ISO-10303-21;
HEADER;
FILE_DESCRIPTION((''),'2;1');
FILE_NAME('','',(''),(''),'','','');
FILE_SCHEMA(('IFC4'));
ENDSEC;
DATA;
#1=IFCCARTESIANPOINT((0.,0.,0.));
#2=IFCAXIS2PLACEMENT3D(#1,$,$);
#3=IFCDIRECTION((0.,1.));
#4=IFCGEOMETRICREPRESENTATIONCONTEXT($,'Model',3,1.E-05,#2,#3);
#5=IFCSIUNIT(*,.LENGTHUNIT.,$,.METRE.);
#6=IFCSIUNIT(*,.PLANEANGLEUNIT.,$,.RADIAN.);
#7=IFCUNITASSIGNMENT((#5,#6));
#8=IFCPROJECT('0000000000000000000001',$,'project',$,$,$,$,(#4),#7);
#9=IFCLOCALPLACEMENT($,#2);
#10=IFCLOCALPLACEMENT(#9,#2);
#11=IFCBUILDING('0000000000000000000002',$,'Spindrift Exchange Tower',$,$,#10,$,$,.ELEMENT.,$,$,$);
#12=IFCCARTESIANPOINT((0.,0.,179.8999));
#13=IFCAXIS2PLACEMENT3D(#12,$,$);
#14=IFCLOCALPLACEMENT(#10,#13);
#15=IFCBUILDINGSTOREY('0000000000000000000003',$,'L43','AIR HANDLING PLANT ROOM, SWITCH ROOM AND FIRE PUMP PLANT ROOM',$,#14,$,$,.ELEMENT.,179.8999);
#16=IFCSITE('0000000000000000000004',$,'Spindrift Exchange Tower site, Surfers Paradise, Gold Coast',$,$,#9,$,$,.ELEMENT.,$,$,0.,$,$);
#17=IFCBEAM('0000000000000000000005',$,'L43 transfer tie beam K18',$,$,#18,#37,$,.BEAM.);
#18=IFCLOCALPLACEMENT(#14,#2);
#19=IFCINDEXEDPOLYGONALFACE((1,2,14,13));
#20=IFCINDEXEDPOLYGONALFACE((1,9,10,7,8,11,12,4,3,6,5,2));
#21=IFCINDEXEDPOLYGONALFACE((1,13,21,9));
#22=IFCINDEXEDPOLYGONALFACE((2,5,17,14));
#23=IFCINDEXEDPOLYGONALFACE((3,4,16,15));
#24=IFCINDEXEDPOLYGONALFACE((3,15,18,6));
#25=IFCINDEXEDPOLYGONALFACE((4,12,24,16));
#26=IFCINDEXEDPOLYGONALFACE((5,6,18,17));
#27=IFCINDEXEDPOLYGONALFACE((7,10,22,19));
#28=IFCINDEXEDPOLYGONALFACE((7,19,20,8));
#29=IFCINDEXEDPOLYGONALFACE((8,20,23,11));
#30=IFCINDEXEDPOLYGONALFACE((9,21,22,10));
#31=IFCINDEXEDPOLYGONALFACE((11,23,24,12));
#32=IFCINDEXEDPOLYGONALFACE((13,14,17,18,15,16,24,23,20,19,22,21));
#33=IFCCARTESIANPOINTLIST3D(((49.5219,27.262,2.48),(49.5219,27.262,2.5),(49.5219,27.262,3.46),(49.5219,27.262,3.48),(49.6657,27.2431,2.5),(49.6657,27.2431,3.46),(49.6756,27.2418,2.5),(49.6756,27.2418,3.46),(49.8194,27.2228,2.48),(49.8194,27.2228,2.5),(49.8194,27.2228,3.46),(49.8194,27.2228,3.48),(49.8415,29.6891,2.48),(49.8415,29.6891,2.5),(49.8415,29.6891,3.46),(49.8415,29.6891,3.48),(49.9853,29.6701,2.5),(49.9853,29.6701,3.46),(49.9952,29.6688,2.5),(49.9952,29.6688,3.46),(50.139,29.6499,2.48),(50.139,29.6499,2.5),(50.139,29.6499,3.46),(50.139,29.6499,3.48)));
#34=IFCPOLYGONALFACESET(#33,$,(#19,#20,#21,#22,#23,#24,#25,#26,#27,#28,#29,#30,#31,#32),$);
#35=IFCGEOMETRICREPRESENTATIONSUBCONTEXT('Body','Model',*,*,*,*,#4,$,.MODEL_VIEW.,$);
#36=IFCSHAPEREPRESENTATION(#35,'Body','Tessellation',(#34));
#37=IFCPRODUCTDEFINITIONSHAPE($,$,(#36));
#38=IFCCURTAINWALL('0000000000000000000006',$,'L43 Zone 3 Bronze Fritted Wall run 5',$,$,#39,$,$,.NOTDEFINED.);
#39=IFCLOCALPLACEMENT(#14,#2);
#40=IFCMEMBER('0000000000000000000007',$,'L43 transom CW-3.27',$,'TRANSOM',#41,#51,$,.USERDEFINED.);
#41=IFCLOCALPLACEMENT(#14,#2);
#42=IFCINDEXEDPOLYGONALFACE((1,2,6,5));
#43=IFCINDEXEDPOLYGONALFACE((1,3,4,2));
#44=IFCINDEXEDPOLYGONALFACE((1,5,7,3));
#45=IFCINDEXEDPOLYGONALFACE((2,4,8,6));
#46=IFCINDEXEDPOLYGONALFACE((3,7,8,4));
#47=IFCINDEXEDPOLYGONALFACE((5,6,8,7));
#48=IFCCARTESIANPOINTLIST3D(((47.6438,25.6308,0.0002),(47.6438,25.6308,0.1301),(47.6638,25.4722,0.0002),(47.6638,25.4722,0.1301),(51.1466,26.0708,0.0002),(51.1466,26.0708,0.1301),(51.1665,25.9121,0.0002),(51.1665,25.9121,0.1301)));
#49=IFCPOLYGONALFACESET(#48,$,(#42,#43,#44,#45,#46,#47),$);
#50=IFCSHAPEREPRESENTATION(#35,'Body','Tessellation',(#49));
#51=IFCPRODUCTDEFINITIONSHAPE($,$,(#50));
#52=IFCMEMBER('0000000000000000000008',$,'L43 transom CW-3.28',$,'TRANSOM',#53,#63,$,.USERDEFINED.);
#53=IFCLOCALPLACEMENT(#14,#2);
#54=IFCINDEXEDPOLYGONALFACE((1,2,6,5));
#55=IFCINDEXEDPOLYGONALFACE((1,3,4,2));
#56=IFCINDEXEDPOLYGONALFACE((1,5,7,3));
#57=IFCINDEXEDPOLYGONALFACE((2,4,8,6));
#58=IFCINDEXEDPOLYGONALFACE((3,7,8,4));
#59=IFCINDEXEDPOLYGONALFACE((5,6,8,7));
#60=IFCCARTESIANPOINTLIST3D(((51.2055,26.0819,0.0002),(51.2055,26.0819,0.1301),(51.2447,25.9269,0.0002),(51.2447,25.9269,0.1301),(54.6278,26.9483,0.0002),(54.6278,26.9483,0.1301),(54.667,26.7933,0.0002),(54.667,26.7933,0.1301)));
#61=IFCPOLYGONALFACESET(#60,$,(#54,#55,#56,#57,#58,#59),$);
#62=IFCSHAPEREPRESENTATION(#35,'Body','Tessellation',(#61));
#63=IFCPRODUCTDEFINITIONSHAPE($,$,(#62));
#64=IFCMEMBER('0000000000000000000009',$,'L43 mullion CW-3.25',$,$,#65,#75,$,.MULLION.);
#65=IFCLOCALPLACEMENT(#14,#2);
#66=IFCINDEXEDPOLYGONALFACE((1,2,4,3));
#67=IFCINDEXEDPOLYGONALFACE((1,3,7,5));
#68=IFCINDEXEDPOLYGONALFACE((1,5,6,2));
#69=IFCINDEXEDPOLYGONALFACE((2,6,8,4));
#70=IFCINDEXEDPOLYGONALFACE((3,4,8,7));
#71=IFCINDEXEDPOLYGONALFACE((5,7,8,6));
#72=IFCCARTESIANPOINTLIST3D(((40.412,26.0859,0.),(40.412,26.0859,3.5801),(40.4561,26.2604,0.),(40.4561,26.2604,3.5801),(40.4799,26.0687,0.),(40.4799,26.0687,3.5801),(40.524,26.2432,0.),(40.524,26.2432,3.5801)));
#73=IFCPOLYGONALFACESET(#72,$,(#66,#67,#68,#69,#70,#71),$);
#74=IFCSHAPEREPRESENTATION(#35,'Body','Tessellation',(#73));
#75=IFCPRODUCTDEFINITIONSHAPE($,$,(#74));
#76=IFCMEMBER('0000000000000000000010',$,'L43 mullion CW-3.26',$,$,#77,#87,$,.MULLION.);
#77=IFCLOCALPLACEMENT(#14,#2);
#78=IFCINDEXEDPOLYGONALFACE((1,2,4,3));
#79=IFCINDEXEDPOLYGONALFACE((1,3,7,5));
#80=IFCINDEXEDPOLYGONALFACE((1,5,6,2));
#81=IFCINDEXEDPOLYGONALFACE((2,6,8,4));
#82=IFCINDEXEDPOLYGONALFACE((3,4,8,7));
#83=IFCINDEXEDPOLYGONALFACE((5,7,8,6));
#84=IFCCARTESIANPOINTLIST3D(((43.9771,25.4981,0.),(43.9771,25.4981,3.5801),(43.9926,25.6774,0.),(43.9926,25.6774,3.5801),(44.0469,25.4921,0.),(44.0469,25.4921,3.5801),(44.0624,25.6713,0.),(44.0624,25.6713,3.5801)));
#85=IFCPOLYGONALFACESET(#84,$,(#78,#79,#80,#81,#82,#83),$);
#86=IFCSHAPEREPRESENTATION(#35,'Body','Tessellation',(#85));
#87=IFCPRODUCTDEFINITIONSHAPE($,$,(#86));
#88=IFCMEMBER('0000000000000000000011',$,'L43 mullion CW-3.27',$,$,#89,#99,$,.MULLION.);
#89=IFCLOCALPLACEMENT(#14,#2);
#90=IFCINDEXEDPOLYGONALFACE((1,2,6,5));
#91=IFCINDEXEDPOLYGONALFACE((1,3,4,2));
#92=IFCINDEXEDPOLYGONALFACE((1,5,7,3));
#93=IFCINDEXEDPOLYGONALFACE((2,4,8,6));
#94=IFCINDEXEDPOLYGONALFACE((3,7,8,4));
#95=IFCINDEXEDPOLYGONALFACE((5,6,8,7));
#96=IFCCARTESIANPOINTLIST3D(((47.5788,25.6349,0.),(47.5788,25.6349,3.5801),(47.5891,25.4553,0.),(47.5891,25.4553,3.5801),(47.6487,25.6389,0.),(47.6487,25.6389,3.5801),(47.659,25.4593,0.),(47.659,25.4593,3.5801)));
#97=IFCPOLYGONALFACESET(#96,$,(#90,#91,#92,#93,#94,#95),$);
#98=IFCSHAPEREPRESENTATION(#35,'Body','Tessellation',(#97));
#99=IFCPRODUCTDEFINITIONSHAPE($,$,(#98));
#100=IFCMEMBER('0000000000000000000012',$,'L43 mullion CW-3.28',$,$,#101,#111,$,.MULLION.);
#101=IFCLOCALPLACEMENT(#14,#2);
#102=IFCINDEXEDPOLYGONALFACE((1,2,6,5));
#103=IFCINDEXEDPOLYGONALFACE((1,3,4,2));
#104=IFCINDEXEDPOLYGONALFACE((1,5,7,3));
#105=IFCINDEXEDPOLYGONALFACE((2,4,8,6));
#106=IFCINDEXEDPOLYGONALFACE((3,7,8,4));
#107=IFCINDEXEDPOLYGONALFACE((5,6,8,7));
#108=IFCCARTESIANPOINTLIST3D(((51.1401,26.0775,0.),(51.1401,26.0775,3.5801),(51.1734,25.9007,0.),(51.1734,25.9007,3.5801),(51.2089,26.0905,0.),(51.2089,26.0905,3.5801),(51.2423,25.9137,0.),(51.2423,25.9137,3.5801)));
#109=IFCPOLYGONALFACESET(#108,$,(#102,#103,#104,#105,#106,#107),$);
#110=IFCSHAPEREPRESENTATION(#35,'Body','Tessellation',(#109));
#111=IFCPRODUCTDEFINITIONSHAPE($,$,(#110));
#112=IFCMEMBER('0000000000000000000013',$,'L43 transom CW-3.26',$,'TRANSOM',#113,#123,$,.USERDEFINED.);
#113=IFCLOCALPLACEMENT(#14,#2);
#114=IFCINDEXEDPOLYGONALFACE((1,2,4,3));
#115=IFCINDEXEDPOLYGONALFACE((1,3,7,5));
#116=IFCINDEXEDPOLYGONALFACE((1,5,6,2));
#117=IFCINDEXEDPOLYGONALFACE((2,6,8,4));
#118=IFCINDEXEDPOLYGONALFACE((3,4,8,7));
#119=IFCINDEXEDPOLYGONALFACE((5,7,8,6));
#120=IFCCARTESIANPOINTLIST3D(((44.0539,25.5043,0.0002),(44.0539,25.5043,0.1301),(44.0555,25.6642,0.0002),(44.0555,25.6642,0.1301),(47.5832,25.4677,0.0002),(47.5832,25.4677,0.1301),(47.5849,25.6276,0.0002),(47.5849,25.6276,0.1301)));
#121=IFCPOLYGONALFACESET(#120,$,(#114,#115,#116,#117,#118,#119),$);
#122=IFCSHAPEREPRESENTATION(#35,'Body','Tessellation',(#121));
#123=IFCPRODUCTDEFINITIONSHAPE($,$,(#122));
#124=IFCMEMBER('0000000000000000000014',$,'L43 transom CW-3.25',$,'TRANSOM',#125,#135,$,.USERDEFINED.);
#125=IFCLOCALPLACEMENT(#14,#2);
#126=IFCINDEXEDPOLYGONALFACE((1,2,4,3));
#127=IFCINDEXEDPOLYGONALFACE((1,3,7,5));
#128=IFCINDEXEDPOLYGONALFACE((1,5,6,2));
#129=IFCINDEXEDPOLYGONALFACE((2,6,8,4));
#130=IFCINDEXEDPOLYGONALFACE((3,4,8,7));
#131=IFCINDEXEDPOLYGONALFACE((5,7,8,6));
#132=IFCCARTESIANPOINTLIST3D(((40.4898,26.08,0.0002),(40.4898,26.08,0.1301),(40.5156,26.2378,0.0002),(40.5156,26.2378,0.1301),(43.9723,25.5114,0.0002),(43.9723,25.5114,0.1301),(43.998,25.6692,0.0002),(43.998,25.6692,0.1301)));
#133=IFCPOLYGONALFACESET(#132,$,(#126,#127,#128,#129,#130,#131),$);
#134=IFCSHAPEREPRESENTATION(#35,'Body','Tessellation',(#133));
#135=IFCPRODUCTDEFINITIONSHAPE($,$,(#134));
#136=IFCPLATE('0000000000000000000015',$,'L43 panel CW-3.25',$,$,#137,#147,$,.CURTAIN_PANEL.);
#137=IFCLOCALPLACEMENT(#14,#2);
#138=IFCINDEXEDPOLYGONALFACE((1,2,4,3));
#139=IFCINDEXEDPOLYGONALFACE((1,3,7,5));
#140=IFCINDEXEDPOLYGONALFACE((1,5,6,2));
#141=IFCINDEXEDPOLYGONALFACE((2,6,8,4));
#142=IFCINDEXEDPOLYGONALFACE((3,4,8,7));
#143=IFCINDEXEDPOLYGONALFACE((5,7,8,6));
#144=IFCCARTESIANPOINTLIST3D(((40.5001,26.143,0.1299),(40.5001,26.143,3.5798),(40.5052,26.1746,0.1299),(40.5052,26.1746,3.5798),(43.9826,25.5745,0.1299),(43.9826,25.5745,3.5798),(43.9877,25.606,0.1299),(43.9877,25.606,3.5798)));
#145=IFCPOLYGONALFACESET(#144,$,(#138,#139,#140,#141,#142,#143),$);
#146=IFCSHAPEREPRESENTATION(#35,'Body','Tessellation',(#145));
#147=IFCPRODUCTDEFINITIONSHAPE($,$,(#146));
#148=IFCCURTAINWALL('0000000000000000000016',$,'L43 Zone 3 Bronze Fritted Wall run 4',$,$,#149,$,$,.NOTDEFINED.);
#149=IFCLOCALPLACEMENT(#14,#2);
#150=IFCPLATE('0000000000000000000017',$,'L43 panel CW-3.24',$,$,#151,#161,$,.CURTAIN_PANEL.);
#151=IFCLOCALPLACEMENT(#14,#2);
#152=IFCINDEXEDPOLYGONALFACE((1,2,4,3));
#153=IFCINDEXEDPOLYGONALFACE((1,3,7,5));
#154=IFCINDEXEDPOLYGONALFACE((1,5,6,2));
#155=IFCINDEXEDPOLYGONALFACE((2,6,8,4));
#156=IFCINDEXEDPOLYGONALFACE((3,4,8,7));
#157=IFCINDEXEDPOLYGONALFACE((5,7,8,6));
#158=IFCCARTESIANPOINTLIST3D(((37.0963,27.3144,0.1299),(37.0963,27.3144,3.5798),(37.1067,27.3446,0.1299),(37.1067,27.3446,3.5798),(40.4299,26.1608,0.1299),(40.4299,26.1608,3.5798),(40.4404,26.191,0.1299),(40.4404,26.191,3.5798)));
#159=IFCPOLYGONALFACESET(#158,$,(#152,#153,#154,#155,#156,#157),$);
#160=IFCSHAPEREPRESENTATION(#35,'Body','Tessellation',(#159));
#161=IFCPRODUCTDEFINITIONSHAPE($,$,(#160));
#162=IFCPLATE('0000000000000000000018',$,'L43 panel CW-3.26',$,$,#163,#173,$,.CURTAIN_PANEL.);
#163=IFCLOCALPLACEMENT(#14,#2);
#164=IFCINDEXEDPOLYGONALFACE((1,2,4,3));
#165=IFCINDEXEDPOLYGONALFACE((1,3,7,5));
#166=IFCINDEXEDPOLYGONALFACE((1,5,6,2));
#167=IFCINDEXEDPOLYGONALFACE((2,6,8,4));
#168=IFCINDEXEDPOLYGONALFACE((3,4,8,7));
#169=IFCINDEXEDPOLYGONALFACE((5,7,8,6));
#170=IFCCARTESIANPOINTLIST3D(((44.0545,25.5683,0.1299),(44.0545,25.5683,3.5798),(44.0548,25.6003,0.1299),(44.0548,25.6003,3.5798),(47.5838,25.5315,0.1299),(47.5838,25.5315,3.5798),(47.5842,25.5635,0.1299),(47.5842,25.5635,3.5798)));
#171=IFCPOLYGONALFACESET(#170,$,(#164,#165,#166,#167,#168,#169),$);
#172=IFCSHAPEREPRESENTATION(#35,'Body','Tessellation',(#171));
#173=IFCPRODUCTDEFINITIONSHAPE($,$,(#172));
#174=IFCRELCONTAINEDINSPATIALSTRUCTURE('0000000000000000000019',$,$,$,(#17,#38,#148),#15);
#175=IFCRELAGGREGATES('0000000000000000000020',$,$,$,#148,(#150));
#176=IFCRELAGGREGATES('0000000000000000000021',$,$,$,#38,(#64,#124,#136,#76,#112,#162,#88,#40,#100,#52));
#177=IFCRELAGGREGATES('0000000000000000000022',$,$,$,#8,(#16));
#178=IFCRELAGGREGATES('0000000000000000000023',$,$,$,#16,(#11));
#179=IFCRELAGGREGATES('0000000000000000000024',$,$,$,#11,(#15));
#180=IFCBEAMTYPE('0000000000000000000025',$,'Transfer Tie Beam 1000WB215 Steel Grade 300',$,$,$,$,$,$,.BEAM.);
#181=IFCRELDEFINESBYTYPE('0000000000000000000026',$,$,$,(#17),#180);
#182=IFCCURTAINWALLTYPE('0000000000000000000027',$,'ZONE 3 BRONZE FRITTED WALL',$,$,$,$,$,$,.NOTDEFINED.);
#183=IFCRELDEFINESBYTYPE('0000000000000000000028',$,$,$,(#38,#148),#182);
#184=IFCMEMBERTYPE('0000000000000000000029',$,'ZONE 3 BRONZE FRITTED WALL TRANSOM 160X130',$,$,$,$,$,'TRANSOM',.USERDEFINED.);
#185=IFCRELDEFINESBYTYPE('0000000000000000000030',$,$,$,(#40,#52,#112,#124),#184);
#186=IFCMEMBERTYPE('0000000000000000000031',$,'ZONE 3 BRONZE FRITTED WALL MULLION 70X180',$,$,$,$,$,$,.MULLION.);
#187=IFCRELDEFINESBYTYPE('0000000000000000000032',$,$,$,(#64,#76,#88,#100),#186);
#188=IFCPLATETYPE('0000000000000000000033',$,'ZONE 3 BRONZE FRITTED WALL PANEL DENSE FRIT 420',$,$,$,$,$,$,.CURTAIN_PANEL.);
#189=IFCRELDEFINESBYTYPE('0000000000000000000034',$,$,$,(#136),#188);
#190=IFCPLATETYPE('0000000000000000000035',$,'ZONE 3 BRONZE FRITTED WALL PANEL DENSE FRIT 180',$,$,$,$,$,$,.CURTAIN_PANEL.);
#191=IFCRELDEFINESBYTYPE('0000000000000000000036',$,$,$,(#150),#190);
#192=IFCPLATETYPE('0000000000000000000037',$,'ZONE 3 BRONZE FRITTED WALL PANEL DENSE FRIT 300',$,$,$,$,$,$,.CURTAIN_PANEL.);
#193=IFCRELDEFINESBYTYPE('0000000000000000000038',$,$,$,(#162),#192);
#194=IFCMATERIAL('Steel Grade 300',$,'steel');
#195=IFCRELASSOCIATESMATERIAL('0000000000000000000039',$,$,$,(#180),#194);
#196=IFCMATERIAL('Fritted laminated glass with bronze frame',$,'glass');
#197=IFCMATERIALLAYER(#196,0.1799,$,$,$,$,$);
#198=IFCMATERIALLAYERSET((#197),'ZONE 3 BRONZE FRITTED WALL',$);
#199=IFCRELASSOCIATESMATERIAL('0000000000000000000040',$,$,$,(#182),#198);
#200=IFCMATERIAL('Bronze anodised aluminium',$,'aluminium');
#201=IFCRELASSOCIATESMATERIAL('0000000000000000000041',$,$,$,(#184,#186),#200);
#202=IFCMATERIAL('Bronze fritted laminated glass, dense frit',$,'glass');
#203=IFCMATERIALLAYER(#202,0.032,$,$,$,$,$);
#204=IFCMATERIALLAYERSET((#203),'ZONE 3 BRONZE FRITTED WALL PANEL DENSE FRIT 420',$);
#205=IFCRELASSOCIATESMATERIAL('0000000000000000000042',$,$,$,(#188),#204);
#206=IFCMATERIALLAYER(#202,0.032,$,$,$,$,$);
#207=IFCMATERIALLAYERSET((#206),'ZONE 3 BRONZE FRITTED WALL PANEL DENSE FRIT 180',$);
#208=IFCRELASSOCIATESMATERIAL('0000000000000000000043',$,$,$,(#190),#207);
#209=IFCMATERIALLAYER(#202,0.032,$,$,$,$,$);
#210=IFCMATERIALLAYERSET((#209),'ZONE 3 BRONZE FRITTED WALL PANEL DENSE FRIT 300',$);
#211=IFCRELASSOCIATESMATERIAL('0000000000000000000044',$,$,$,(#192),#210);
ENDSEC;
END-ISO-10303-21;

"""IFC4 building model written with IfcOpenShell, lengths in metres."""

from ifc_helpers import new_model, si_unit, direction, frame, origin, origin_2d, place, context, subcontext, project, spatial, rectangle, i_section, extrude, source, transform, mapped, material, layer, layer_set, material_profile, profile_set, type_object, element, aggregate, save


model = new_model("IFC4")

# Units and contexts
model_context = context("Model", 3, precision=1e-05, world=origin(), true_north=direction((0.0, 1.0)))
body_context = subcontext(model_context, "Body", "Model", "MODEL_VIEW")
ifc_project = project(units=[si_unit("LENGTHUNIT", "METRE"), si_unit("PLANEANGLEUNIT", "RADIAN")], contexts=[model_context])

# Site, building, storey
site_placement = place(None, origin())
site = spatial("IfcSite", under=ifc_project, at=site_placement, Name="Spindrift Exchange Tower site, Surfers Paradise, Gold Coast", CompositionType="ELEMENT", RefElevation=0.0)
building_placement = place(site_placement, origin())
building = spatial("IfcBuilding", under=site, at=building_placement, Name="Spindrift Exchange Tower", CompositionType="ELEMENT")
storey_placement = place(building_placement, frame((0.0, 0.0, 179.8999)))
storey = spatial("IfcBuildingStorey", under=building, at=storey_placement, Name="L43", Description="AIR HANDLING PLANT ROOM, SWITCH ROOM AND FIRE PUMP PLANT ROOM", CompositionType="ELEMENT", Elevation=179.8999)

# Shared definitions
ifc_material_1 = material(Name="Steel Grade 300", Category="steel")

# Beam
ifc_material_profile_1 = material_profile(ifc_material_1, i_section(OverallWidth=0.3, OverallDepth=1.0, WebThickness=0.01, FlangeThickness=0.02, at=origin_2d()), Name="1000WB215")
ifc_profile_set_1 = profile_set([ifc_material_profile_1], Name="Steel Grade 300")
beam_type_1 = type_object("IfcBeamType", Name="Transfer Tie Beam 1000WB215 Steel Grade 300", PredefinedType="BEAM", material=ifc_profile_set_1)
shared_shape_1 = source(origin(), body_context, "Body", "SweptSolid", [
    extrude(i_section(OverallWidth=0.3, OverallDepth=1.0, WebThickness=0.01, FlangeThickness=0.02, at=origin_2d()), origin(), (0.0, 0.0, 1.0), 2.448),
])
beam_1_placement = place(storey_placement, frame((49.6707, 27.2424, 2.98), z_axis=(0.13055, 0.991442, 0.0), x_axis=(-0.991442, 0.13055, 0.0)))
element("IfcBeam", 1, at=beam_1_placement, inside=storey, type_object=beam_type_1, Name="L43 transfer tie beam K18", PredefinedType="BEAM", context=body_context, shape_type="MappedRepresentation", body=[
    mapped(shared_shape_1, transform((0.0, 0.0, 0.0), scale=1.0)),
])

# Curtain wall, members, plate
ifc_material_2 = material(Name="Fritted laminated glass with bronze frame", Category="glass")
ifc_layer_1 = layer(ifc_material_2, 0.1799)
ifc_layer_set_1 = layer_set([ifc_layer_1], Name="ZONE 3 BRONZE FRITTED WALL")
curtain_wall_type = type_object("IfcCurtainWallType", Name="ZONE 3 BRONZE FRITTED WALL", PredefinedType="NOTDEFINED", material=ifc_layer_set_1)
curtain_wall_1_placement = place(storey_placement, origin())
curtain_wall_1 = element("IfcCurtainWall", 2, at=curtain_wall_1_placement, inside=storey, type_object=curtain_wall_type, Name="L43 Zone 3 Bronze Fritted Wall run 5", PredefinedType="NOTDEFINED")
ifc_material_3 = material(Name="Bronze anodised aluminium", Category="aluminium")
ifc_material_profile_2 = material_profile(ifc_material_3, rectangle(XDim=0.1599, YDim=0.1299, at=origin_2d()), Name="ZONE 3 BRONZE FRITTED WALL TRANSOM 160X130")
ifc_profile_set_2 = profile_set([ifc_material_profile_2], Name="Bronze anodised aluminium")
member_type_1 = type_object("IfcMemberType", Name="ZONE 3 BRONZE FRITTED WALL TRANSOM 160X130", ElementType="TRANSOM", PredefinedType="USERDEFINED", material=ifc_profile_set_2)
shared_shape_2 = source(origin(), body_context, "Body", "SweptSolid", [
    extrude(rectangle(XDim=0.1599, YDim=0.1299, at=origin_2d()), origin(), (0.0, 0.0, 1.0), 3.5303),
])
member_1_placement = place(storey_placement, frame((47.6538, 25.5515, 0.0652), z_axis=(0.992204, 0.124622, 0.0), x_axis=(-0.124622, 0.992204, 0.0)))
member_1 = element("IfcMember", 3, at=member_1_placement, type_object=member_type_1, Name="L43 transom CW-3.27", ObjectType="TRANSOM", PredefinedType="USERDEFINED", context=body_context, shape_type="MappedRepresentation", body=[
    mapped(shared_shape_2, transform((0.0, 0.0, 0.0), scale=1.0)),
])
member_2_placement = place(storey_placement, frame((51.2251, 26.0044, 0.0652), z_axis=(0.969414, 0.245431, 0.0), x_axis=(-0.245431, 0.969414, 0.0)))
member_2 = element("IfcMember", 4, at=member_2_placement, type_object=member_type_1, Name="L43 transom CW-3.28", ObjectType="TRANSOM", PredefinedType="USERDEFINED", context=body_context, shape_type="MappedRepresentation", body=[
    mapped(shared_shape_2, transform((0.0, 0.0, 0.0), scale=1.0)),
])
ifc_material_profile_3 = material_profile(ifc_material_3, rectangle(XDim=0.0701, YDim=0.1799, at=origin_2d()), Name="ZONE 3 BRONZE FRITTED WALL MULLION 70X180")
ifc_profile_set_3 = profile_set([ifc_material_profile_3], Name="Bronze anodised aluminium")
member_type_2 = type_object("IfcMemberType", Name="ZONE 3 BRONZE FRITTED WALL MULLION 70X180", PredefinedType="MULLION", material=ifc_profile_set_3)
shared_shape_3 = source(origin(), body_context, "Body", "SweptSolid", [
    extrude(rectangle(XDim=0.0701, YDim=0.1799, at=origin_2d()), origin(), (0.0, 0.0, 1.0), 3.5801),
])
member_3_placement = place(storey_placement, frame((40.468, 26.1646, 0.0), z_axis=(0.0, 0.0, 1.0), x_axis=(0.969531, -0.244968, 0.0)))
member_3 = element("IfcMember", 5, at=member_3_placement, type_object=member_type_2, Name="L43 mullion CW-3.25", PredefinedType="MULLION", context=body_context, shape_type="MappedRepresentation", body=[
    mapped(shared_shape_3, transform((0.0, 0.0, 0.0), scale=1.0)),
])
member_4_placement = place(storey_placement, frame((44.0198, 25.5847, 0.0), z_axis=(0.0, 0.0, 1.0), x_axis=(0.996294, -0.086014, 0.0)))
member_4 = element("IfcMember", 6, at=member_4_placement, type_object=member_type_2, Name="L43 mullion CW-3.26", PredefinedType="MULLION", context=body_context, shape_type="MappedRepresentation", body=[
    mapped(shared_shape_3, transform((0.0, 0.0, 0.0), scale=1.0)),
])
member_5_placement = place(storey_placement, frame((47.6189, 25.5471, 0.0), z_axis=(0.0, 0.0, 1.0), x_axis=(0.998362, 0.057211, 0.0)))
member_5 = element("IfcMember", 7, at=member_5_placement, type_object=member_type_2, Name="L43 mullion CW-3.27", PredefinedType="MULLION", context=body_context, shape_type="MappedRepresentation", body=[
    mapped(shared_shape_3, transform((0.0, 0.0, 0.0), scale=1.0)),
])
member_6_placement = place(storey_placement, frame((51.1912, 25.9956, 0.0), z_axis=(0.0, 0.0, 1.0), x_axis=(0.982668, 0.185375, 0.0)))
member_6 = element("IfcMember", 8, at=member_6_placement, type_object=member_type_2, Name="L43 mullion CW-3.28", PredefinedType="MULLION", context=body_context, shape_type="MappedRepresentation", body=[
    mapped(shared_shape_3, transform((0.0, 0.0, 0.0), scale=1.0)),
])
shared_shape_4 = source(origin(), body_context, "Body", "SweptSolid", [
    extrude(rectangle(XDim=0.1599, YDim=0.1299, at=origin_2d()), origin(), (0.0, 0.0, 1.0), 3.5295),
])
member_7_placement = place(storey_placement, frame((44.0547, 25.5842, 0.0652), z_axis=(0.999946, -0.010376, 0.0), x_axis=(0.010376, 0.999946, 0.0)))
member_7 = element("IfcMember", 9, at=member_7_placement, type_object=member_type_1, Name="L43 transom CW-3.26", ObjectType="TRANSOM", PredefinedType="USERDEFINED", context=body_context, shape_type="MappedRepresentation", body=[
    mapped(shared_shape_4, transform((0.0, 0.0, 0.0), scale=1.0)),
])
shared_shape_5 = source(origin(), body_context, "Body", "SweptSolid", [
    extrude(rectangle(XDim=0.1599, YDim=0.1299, at=origin_2d()), origin(), (0.0, 0.0, 1.0), 3.5286),
])
member_8_placement = place(storey_placement, frame((40.5027, 26.1589, 0.0652), z_axis=(0.986931, -0.161144, 0.0), x_axis=(0.161144, 0.986931, 0.0)))
member_8 = element("IfcMember", 10, at=member_8_placement, type_object=member_type_1, Name="L43 transom CW-3.25", ObjectType="TRANSOM", PredefinedType="USERDEFINED", context=body_context, shape_type="MappedRepresentation", body=[
    mapped(shared_shape_5, transform((0.0, 0.0, 0.0), scale=1.0)),
])
ifc_material_4 = material(Name="Bronze fritted laminated glass, dense frit", Category="glass")
ifc_layer_2 = layer(ifc_material_4, 0.032)
ifc_layer_set_2 = layer_set([ifc_layer_2], Name="ZONE 3 BRONZE FRITTED WALL PANEL DENSE FRIT 420")
plate_type_1 = type_object("IfcPlateType", Name="ZONE 3 BRONZE FRITTED WALL PANEL DENSE FRIT 420", PredefinedType="CURTAIN_PANEL", material=ifc_layer_set_2)
shared_shape_6 = source(origin(), body_context, "Body", "SweptSolid", [
    extrude(rectangle(XDim=3.5286, YDim=0.032, at=origin_2d()), origin(), (0.0, 0.0, 1.0), 3.45),
])
plate_1_placement = place(storey_placement, frame((42.2439, 25.8745, 0.1299), z_axis=(0.0, 0.0, 1.0), x_axis=(0.986935, -0.161118, 0.0)))
plate_1 = element("IfcPlate", 11, at=plate_1_placement, type_object=plate_type_1, Name="L43 panel CW-3.25", PredefinedType="CURTAIN_PANEL", context=body_context, shape_type="MappedRepresentation", body=[
    mapped(shared_shape_6, transform((0.0, 0.0, 0.0), scale=1.0)),
])

# Curtain wall, plate
curtain_wall_2_placement = place(storey_placement, origin())
curtain_wall_2 = element("IfcCurtainWall", 12, at=curtain_wall_2_placement, inside=storey, type_object=curtain_wall_type, Name="L43 Zone 3 Bronze Fritted Wall run 4", PredefinedType="NOTDEFINED")
ifc_layer_3 = layer(ifc_material_4, 0.032)
ifc_layer_set_3 = layer_set([ifc_layer_3], Name="ZONE 3 BRONZE FRITTED WALL PANEL DENSE FRIT 180")
plate_type_2 = type_object("IfcPlateType", Name="ZONE 3 BRONZE FRITTED WALL PANEL DENSE FRIT 180", PredefinedType="CURTAIN_PANEL", material=ifc_layer_set_3)
shared_shape_7 = source(origin(), body_context, "Body", "SweptSolid", [
    extrude(rectangle(XDim=3.5276, YDim=0.032, at=origin_2d()), origin(), (0.0, 0.0, 1.0), 3.45),
])
plate_2_placement = place(storey_placement, frame((38.7683, 26.7527, 0.1299), z_axis=(0.0, 0.0, 1.0), x_axis=(0.945016, -0.327023, 0.0)))
plate_2 = element("IfcPlate", 13, at=plate_2_placement, type_object=plate_type_2, Name="L43 panel CW-3.24", PredefinedType="CURTAIN_PANEL", context=body_context, shape_type="MappedRepresentation", body=[
    mapped(shared_shape_7, transform((0.0, 0.0, 0.0), scale=1.0)),
])
aggregate(curtain_wall_2, [plate_2])

# Plate
ifc_layer_4 = layer(ifc_material_4, 0.032)
ifc_layer_set_4 = layer_set([ifc_layer_4], Name="ZONE 3 BRONZE FRITTED WALL PANEL DENSE FRIT 300")
plate_type_3 = type_object("IfcPlateType", Name="ZONE 3 BRONZE FRITTED WALL PANEL DENSE FRIT 300", PredefinedType="CURTAIN_PANEL", material=ifc_layer_set_4)
shared_shape_8 = source(origin(), body_context, "Body", "SweptSolid", [
    extrude(rectangle(XDim=3.5295, YDim=0.032, at=origin_2d()), origin(), (0.0, 0.0, 1.0), 3.45),
])
plate_3_placement = place(storey_placement, frame((45.8193, 25.5659, 0.1299), z_axis=(0.0, 0.0, 1.0), x_axis=(0.999946, -0.010418, 0.0)))
plate_3 = element("IfcPlate", 14, at=plate_3_placement, type_object=plate_type_3, Name="L43 panel CW-3.26", PredefinedType="CURTAIN_PANEL", context=body_context, shape_type="MappedRepresentation", body=[
    mapped(shared_shape_8, transform((0.0, 0.0, 0.0), scale=1.0)),
])
aggregate(curtain_wall_1, [member_3, member_8, plate_1, member_4, member_7, plate_3, member_5, member_1, member_6, member_2])

save(model, "model.ifc")
